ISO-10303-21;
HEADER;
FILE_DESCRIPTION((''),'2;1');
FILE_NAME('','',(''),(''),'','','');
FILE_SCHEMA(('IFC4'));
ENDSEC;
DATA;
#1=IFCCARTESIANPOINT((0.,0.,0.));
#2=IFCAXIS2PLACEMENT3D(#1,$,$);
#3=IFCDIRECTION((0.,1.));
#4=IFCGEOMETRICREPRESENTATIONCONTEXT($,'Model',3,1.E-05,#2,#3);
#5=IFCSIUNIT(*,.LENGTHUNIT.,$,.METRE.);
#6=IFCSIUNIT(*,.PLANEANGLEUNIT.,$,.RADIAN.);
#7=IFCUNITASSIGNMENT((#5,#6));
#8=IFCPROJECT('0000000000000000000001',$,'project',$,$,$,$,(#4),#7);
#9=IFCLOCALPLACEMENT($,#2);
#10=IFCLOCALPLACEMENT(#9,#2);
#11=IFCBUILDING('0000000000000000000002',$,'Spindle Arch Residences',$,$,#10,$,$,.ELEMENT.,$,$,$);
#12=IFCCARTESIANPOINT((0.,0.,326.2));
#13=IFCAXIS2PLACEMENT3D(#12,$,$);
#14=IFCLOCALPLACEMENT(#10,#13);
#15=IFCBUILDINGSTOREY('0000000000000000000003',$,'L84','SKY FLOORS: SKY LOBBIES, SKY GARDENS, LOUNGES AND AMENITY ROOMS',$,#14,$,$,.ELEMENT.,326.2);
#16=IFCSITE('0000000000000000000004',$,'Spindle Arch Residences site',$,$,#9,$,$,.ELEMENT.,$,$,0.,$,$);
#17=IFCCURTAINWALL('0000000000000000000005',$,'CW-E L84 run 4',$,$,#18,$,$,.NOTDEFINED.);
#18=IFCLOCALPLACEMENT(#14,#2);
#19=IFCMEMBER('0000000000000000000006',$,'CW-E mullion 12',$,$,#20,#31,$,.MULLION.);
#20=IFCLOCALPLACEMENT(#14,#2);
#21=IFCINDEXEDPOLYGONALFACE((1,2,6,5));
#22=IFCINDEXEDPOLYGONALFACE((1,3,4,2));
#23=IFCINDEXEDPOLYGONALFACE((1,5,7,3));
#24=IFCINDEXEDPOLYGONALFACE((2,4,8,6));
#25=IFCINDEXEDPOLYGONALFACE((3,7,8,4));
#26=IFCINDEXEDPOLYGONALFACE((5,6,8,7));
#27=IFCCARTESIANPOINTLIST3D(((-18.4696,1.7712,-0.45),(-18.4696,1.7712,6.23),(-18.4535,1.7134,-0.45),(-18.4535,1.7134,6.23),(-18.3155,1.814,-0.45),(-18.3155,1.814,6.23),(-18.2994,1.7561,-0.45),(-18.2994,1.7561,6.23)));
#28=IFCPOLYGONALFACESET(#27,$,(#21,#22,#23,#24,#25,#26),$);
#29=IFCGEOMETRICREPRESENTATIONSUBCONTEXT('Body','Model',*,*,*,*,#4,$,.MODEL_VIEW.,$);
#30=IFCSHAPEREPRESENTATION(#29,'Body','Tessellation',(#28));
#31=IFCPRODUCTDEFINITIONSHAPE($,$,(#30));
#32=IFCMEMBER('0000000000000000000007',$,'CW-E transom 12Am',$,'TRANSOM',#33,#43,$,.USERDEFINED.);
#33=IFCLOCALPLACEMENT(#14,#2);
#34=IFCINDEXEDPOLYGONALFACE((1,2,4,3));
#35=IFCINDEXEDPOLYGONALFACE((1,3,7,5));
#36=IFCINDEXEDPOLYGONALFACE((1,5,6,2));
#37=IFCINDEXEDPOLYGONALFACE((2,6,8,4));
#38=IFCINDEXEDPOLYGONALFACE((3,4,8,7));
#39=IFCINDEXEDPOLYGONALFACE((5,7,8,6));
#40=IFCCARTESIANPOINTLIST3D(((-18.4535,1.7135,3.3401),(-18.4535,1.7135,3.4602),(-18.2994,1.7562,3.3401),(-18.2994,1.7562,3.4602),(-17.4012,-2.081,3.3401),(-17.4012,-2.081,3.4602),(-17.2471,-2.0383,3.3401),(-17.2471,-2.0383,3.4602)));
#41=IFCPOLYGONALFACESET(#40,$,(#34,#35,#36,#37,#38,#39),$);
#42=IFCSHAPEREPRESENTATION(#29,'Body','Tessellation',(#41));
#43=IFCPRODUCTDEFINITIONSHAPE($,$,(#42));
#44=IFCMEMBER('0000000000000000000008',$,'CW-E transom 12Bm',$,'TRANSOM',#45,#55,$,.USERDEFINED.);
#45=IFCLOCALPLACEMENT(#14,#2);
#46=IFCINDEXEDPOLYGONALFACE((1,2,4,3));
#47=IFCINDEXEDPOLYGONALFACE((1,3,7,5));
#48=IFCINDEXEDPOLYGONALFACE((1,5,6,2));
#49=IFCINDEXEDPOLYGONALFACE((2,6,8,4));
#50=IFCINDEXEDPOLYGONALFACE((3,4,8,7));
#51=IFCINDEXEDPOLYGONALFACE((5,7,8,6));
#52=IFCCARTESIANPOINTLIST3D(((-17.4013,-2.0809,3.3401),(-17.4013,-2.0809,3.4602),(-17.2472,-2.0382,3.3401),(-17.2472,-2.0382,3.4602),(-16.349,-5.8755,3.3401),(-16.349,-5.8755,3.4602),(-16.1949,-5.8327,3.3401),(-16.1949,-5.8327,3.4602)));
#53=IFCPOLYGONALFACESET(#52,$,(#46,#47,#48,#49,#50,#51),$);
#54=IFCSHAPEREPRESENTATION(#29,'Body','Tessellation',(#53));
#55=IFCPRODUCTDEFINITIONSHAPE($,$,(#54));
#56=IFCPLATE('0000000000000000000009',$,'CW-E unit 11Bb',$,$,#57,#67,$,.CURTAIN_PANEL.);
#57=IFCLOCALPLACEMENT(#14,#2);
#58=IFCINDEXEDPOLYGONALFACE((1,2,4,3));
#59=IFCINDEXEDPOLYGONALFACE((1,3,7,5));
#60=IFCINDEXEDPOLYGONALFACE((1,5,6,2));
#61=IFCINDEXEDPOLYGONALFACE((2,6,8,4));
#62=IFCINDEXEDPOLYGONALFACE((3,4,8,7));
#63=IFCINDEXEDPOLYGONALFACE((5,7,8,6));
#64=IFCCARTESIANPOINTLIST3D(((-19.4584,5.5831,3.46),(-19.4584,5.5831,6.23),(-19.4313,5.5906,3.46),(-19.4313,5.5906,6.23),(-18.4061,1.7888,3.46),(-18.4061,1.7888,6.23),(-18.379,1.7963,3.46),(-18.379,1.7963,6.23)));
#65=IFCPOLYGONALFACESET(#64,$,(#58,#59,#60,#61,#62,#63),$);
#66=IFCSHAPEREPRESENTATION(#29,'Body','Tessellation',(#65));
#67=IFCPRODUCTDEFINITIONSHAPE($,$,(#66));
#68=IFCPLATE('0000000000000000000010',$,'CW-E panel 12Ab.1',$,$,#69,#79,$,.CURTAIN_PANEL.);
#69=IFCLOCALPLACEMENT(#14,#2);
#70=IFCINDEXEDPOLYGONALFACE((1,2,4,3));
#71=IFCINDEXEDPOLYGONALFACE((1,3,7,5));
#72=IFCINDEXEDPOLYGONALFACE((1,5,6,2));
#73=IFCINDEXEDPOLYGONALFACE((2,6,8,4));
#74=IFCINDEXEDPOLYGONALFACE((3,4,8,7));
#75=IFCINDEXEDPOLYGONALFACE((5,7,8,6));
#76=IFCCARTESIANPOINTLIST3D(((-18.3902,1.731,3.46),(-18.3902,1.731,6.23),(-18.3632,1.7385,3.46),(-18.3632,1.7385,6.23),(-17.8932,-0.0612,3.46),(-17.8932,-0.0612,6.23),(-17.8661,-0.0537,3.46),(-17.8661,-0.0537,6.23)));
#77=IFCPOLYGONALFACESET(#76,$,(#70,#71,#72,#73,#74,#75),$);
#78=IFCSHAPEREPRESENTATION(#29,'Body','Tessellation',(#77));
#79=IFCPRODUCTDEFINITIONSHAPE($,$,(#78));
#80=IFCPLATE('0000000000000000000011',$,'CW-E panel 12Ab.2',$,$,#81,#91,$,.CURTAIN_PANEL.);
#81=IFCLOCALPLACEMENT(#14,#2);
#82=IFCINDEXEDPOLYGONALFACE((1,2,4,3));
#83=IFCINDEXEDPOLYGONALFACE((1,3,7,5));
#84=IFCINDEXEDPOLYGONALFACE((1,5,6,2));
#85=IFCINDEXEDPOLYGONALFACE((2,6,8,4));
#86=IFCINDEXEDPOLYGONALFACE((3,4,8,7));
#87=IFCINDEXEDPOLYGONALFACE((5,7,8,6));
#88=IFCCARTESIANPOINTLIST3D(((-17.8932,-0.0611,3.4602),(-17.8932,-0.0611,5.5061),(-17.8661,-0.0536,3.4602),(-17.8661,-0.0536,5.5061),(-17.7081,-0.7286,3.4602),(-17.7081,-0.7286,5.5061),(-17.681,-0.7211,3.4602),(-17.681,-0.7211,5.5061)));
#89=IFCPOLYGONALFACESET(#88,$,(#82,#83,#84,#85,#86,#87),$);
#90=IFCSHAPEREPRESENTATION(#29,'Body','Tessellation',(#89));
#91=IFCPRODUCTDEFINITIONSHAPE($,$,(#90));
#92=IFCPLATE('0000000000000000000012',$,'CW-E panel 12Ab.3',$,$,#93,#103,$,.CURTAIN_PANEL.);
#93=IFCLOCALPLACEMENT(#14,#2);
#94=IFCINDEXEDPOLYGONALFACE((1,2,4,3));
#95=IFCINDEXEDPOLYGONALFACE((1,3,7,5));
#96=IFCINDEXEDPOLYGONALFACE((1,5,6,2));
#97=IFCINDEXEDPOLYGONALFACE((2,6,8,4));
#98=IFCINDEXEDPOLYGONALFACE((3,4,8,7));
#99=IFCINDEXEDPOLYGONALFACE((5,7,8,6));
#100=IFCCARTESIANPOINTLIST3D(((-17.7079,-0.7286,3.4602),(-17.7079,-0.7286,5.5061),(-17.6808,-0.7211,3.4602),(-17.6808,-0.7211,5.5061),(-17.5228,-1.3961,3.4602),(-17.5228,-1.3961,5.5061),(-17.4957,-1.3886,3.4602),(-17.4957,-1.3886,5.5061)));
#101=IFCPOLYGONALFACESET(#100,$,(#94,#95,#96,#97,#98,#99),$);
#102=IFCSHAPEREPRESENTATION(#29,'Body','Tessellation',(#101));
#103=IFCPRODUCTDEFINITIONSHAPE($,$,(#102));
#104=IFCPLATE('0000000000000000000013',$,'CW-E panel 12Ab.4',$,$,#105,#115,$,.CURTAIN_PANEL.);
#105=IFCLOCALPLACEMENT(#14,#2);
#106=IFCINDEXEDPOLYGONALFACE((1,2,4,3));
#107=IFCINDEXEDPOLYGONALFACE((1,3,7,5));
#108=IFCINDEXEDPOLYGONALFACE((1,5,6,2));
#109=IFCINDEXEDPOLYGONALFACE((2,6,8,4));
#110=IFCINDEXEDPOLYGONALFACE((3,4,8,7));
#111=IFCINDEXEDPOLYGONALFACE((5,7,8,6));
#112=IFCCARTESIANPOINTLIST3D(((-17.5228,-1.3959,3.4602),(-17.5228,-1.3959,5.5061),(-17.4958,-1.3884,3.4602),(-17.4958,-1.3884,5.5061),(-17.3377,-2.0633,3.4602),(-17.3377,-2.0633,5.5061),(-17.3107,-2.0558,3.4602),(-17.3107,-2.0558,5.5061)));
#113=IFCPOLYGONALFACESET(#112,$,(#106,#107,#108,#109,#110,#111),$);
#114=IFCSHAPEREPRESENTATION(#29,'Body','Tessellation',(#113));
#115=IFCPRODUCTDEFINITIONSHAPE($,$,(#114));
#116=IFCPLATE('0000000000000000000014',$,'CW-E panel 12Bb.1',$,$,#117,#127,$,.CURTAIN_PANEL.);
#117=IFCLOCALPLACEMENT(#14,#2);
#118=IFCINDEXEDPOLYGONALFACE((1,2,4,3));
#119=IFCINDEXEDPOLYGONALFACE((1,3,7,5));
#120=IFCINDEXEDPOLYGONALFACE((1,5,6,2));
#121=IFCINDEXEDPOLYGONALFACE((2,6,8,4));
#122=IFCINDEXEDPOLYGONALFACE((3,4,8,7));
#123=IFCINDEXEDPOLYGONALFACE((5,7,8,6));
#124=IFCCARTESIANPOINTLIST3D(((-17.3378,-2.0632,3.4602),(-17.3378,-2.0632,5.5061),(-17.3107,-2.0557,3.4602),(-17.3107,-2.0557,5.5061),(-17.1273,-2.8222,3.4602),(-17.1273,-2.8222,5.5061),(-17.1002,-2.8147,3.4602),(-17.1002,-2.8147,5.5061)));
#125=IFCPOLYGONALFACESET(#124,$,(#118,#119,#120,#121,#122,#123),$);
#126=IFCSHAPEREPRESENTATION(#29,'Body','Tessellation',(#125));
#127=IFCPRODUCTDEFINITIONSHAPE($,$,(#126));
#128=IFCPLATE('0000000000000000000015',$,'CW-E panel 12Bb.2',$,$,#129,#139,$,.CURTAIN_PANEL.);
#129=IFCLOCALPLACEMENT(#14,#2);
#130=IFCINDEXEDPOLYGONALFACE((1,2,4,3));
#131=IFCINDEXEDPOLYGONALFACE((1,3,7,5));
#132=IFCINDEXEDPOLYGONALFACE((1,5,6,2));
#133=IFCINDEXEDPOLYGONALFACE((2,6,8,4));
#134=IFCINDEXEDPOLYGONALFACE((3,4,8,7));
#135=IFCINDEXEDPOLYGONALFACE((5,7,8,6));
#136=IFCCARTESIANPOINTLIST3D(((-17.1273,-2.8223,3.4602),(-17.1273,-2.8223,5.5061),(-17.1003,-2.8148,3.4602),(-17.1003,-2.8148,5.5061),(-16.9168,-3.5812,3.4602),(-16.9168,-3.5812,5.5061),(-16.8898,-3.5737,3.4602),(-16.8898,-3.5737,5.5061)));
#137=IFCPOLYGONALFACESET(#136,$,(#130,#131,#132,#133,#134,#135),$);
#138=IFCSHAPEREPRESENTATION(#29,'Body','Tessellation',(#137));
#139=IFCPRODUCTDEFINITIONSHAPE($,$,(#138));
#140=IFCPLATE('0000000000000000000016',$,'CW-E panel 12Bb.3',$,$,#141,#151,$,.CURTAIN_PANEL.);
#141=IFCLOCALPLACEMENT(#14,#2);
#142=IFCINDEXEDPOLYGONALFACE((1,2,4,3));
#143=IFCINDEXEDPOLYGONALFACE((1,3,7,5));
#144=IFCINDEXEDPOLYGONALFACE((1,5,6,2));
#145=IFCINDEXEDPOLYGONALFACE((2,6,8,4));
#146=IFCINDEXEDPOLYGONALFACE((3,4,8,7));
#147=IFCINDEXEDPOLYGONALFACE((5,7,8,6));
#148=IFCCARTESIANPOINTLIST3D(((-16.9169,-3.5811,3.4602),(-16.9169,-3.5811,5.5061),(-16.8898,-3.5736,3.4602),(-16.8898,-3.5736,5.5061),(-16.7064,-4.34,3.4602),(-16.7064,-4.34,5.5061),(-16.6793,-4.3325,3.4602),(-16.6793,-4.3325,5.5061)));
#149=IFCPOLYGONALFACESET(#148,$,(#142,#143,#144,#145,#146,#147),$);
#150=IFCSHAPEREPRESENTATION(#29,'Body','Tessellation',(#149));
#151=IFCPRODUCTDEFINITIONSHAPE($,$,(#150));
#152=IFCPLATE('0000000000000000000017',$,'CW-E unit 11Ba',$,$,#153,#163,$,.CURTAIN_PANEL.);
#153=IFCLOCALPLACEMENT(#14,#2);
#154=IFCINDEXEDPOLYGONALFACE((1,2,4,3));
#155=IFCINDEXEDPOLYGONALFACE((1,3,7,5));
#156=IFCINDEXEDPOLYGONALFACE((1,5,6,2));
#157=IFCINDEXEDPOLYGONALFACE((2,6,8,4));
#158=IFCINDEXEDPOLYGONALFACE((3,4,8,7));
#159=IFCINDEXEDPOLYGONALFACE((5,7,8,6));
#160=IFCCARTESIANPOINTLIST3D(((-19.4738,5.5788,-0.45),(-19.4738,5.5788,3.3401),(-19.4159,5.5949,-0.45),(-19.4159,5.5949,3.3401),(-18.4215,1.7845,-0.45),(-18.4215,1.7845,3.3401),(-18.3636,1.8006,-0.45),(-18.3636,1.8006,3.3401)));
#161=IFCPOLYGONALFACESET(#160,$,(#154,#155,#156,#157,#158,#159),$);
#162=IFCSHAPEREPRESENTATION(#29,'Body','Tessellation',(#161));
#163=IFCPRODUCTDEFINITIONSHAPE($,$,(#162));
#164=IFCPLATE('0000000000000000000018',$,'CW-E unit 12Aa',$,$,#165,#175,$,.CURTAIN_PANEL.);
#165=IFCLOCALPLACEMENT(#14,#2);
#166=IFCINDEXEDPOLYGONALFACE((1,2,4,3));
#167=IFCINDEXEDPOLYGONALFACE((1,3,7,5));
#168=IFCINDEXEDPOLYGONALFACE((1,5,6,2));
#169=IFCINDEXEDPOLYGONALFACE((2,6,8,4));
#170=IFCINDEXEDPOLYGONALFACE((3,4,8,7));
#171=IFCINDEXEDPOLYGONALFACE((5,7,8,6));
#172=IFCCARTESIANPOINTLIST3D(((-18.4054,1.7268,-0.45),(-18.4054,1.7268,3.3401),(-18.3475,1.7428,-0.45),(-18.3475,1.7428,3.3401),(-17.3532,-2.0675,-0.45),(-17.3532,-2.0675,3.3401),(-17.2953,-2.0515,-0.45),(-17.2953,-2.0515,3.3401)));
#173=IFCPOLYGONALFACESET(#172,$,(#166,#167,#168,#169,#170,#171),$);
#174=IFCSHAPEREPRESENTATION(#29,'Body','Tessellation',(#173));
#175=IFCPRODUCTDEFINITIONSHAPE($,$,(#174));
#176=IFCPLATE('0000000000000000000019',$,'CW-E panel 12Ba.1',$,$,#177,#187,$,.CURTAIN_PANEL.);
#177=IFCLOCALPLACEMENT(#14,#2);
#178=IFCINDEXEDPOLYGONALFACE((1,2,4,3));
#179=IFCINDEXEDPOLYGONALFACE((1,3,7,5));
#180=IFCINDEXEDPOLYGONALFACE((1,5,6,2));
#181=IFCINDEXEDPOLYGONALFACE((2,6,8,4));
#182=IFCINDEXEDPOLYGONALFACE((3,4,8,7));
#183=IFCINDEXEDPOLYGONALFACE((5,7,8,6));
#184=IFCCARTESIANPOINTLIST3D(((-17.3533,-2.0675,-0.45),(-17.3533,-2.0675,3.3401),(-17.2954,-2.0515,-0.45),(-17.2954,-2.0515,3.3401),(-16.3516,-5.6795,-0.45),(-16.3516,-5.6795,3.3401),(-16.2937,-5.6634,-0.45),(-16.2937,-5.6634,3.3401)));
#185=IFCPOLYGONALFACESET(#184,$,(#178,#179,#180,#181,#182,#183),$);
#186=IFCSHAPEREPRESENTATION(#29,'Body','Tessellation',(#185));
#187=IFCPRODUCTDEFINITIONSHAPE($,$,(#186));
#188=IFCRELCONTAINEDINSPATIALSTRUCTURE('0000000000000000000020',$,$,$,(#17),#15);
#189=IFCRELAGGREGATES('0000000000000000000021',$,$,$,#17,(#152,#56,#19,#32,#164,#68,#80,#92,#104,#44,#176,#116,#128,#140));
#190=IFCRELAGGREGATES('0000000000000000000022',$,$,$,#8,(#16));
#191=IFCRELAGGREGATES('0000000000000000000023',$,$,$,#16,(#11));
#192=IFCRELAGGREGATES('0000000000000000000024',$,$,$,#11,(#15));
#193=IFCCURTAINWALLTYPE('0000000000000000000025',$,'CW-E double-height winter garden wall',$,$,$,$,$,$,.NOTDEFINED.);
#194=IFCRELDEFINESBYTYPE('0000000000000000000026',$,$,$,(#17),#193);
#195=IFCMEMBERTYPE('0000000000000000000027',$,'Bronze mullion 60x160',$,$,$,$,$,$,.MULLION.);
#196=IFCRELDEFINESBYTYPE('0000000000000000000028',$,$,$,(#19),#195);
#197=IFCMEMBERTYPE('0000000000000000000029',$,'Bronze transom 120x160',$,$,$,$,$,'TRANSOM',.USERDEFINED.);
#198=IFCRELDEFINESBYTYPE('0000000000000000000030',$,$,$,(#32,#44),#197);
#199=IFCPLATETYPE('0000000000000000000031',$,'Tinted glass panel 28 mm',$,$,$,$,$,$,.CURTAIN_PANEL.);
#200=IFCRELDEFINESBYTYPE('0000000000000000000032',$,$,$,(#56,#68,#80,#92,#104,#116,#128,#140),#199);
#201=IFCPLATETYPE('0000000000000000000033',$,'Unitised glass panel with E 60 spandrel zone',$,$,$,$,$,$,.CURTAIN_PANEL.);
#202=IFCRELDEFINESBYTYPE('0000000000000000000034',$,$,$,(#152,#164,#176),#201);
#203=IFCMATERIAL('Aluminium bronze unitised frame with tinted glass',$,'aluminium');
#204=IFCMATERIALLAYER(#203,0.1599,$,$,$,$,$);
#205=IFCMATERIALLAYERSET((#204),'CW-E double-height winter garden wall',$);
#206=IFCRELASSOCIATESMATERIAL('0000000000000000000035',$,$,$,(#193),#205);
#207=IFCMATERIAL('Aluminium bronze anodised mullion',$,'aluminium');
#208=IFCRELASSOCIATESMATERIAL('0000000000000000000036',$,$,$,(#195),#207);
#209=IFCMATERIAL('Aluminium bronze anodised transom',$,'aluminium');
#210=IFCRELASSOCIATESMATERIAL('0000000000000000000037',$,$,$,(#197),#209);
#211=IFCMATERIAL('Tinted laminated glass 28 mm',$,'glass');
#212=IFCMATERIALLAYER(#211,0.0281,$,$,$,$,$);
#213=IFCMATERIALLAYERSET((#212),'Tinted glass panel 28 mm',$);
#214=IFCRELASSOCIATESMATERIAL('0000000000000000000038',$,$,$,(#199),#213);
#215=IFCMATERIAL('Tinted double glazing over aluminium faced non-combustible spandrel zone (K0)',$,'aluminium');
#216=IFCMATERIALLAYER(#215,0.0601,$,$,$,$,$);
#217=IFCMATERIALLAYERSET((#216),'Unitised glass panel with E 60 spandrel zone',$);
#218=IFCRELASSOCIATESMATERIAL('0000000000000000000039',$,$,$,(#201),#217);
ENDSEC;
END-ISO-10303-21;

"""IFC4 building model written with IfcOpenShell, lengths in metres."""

from ifc_helpers import new_model, si_unit, direction, frame, origin, origin_2d, place, context, subcontext, project, spatial, rectangle, extrude, material, layer, layer_set, material_profile, profile_set, type_object, element, aggregate, save


model = new_model("IFC4")

# Units and contexts
model_context = context("Model", 3, precision=1e-05, world=origin(), true_north=direction((0.0, 1.0)))
body_context = subcontext(model_context, "Body", "Model", "MODEL_VIEW")
ifc_project = project(units=[si_unit("LENGTHUNIT", "METRE"), si_unit("PLANEANGLEUNIT", "RADIAN")], contexts=[model_context])

# Site, building, storey
site_placement = place(None, origin())
site = spatial("IfcSite", under=ifc_project, at=site_placement, Name="Spindle Arch Residences site", CompositionType="ELEMENT", RefElevation=0.0)
building_placement = place(site_placement, origin())
building = spatial("IfcBuilding", under=site, at=building_placement, Name="Spindle Arch Residences", CompositionType="ELEMENT")
storey_placement = place(building_placement, frame((0.0, 0.0, 326.2)))
storey = spatial("IfcBuildingStorey", under=building, at=storey_placement, Name="L84", Description="SKY FLOORS: SKY LOBBIES, SKY GARDENS, LOUNGES AND AMENITY ROOMS", CompositionType="ELEMENT", Elevation=326.2)

# Curtain wall, members, plates
ifc_material_1 = material(Name="Aluminium bronze unitised frame with tinted glass", Category="aluminium")
ifc_layer_1 = layer(ifc_material_1, 0.1599)
ifc_layer_set_1 = layer_set([ifc_layer_1], Name="CW-E double-height winter garden wall")
curtain_wall_type = type_object("IfcCurtainWallType", Name="CW-E double-height winter garden wall", PredefinedType="NOTDEFINED", material=ifc_layer_set_1)
curtain_wall_placement = place(storey_placement, origin())
curtain_wall = element("IfcCurtainWall", 1, at=curtain_wall_placement, inside=storey, type_object=curtain_wall_type, Name="CW-E L84 run 4", PredefinedType="NOTDEFINED")
ifc_material_2 = material(Name="Aluminium bronze anodised mullion", Category="aluminium")
ifc_material_profile_1 = material_profile(ifc_material_2, rectangle(XDim=0.1599, YDim=0.0601, at=origin_2d()), Name="MU 60x160")
ifc_profile_set_1 = profile_set([ifc_material_profile_1], Name="Aluminium bronze anodised mullion")
member_type_1 = type_object("IfcMemberType", Name="Bronze mullion 60x160", PredefinedType="MULLION", material=ifc_profile_set_1)
member_1_placement = place(storey_placement, frame((-18.3845, 1.7637, -0.45), z_axis=(0.0, 0.0, 1.0), x_axis=(0.96363, 0.267238, 0.0)))
member_1 = element("IfcMember", 2, at=member_1_placement, type_object=member_type_1, Name="CW-E mullion 12", PredefinedType="MULLION", context=body_context, shape_type="SweptSolid", body=[
    extrude(rectangle(XDim=0.1599, YDim=0.0601, at=origin_2d()), origin(), (0.0, 0.0, 1.0), 6.6799),
])
ifc_material_3 = material(Name="Aluminium bronze anodised transom", Category="aluminium")
ifc_material_profile_2 = material_profile(ifc_material_3, rectangle(XDim=0.1599, YDim=0.1201, at=origin_2d()), Name="TR 120x160")
ifc_profile_set_2 = profile_set([ifc_material_profile_2], Name="Aluminium bronze anodised transom")
member_type_2 = type_object("IfcMemberType", Name="Bronze transom 120x160", ElementType="TRANSOM", PredefinedType="USERDEFINED", material=ifc_profile_set_2)
member_2_placement = place(storey_placement, frame((-18.3765, 1.7349, 3.4001), z_axis=(0.267228, -0.963633, 0.0), x_axis=(0.963633, 0.267228, 0.0)))
member_2 = element("IfcMember", 3, at=member_2_placement, type_object=member_type_2, Name="CW-E transom 12Am", ObjectType="TRANSOM", PredefinedType="USERDEFINED", context=body_context, shape_type="SweptSolid", body=[
    extrude(rectangle(XDim=0.1599, YDim=0.1201, at=origin_2d()), origin(), (0.0, 0.0, 1.0), 3.9377),
])
member_3_placement = place(storey_placement, frame((-17.3242, -2.0596, 3.4001), z_axis=(0.267228, -0.963633, 0.0), x_axis=(0.963633, 0.267228, 0.0)))
member_3 = element("IfcMember", 4, at=member_3_placement, type_object=member_type_2, Name="CW-E transom 12Bm", ObjectType="TRANSOM", PredefinedType="USERDEFINED", context=body_context, shape_type="SweptSolid", body=[
    extrude(rectangle(XDim=0.1599, YDim=0.1201, at=origin_2d()), origin(), (0.0, 0.0, 1.0), 3.9377),
])
ifc_material_4 = material(Name="Tinted laminated glass 28 mm", Category="glass")
ifc_layer_2 = layer(ifc_material_4, 0.0281)
ifc_layer_set_2 = layer_set([ifc_layer_2], Name="Tinted glass panel 28 mm")
plate_type_1 = type_object("IfcPlateType", Name="Tinted glass panel 28 mm", PredefinedType="CURTAIN_PANEL", material=ifc_layer_set_2)
plate_1_placement = place(storey_placement, frame((-18.9187, 3.6897, 3.46), z_axis=(0.0, 0.0, 1.0), x_axis=(0.267238, -0.96363, 0.0)))
plate_1 = element("IfcPlate", 5, at=plate_1_placement, type_object=plate_type_1, Name="CW-E unit 11Bb", PredefinedType="CURTAIN_PANEL", context=body_context, shape_type="SweptSolid", body=[
    extrude(rectangle(XDim=3.9375, YDim=0.0281, at=origin_2d()), origin(), (0.0, 0.0, 1.0), 2.77),
])
plate_2_placement = place(storey_placement, frame((-18.1282, 0.8386, 3.46), z_axis=(0.0, 0.0, 1.0), x_axis=(0.267238, -0.96363, 0.0)))
plate_2 = element("IfcPlate", 6, at=plate_2_placement, type_object=plate_type_1, Name="CW-E panel 12Ab.1", PredefinedType="CURTAIN_PANEL", context=body_context, shape_type="SweptSolid", body=[
    extrude(rectangle(XDim=1.8599, YDim=0.0281, at=origin_2d()), origin(), (0.0, 0.0, 1.0), 2.77),
])
plate_3_placement = place(storey_placement, frame((-17.7871, -0.3911, 3.4602), z_axis=(0.0, 0.0, 1.0), x_axis=(0.267238, -0.96363, 0.0)))
plate_3 = element("IfcPlate", 7, at=plate_3_placement, type_object=plate_type_1, Name="CW-E panel 12Ab.2", PredefinedType="CURTAIN_PANEL", context=body_context, shape_type="SweptSolid", body=[
    extrude(rectangle(XDim=0.6926, YDim=0.0281, at=origin_2d()), origin(), (0.0, 0.0, 1.0), 2.0459),
])
plate_4_placement = place(storey_placement, frame((-17.6018, -1.0586, 3.4602), z_axis=(0.0, 0.0, 1.0), x_axis=(0.267238, -0.96363, 0.0)))
plate_4 = element("IfcPlate", 8, at=plate_4_placement, type_object=plate_type_1, Name="CW-E panel 12Ab.3", PredefinedType="CURTAIN_PANEL", context=body_context, shape_type="SweptSolid", body=[
    extrude(rectangle(XDim=0.6926, YDim=0.0281, at=origin_2d()), origin(), (0.0, 0.0, 1.0), 2.0459),
])
plate_5_placement = place(storey_placement, frame((-17.4167, -1.7258, 3.4602), z_axis=(0.0, 0.0, 1.0), x_axis=(0.267238, -0.96363, 0.0)))
plate_5 = element("IfcPlate", 9, at=plate_5_placement, type_object=plate_type_1, Name="CW-E panel 12Ab.4", PredefinedType="CURTAIN_PANEL", context=body_context, shape_type="SweptSolid", body=[
    extrude(rectangle(XDim=0.6926, YDim=0.0281, at=origin_2d()), origin(), (0.0, 0.0, 1.0), 2.0459),
])
plate_6_placement = place(storey_placement, frame((-17.219, -2.439, 3.4602), z_axis=(0.0, 0.0, 1.0), x_axis=(0.267238, -0.96363, 0.0)))
plate_6 = element("IfcPlate", 10, at=plate_6_placement, type_object=plate_type_1, Name="CW-E panel 12Bb.1", PredefinedType="CURTAIN_PANEL", context=body_context, shape_type="SweptSolid", body=[
    extrude(rectangle(XDim=0.7876, YDim=0.0281, at=origin_2d()), origin(), (0.0, 0.0, 1.0), 2.0459),
])
plate_7_placement = place(storey_placement, frame((-17.0085, -3.198, 3.4602), z_axis=(0.0, 0.0, 1.0), x_axis=(0.267238, -0.96363, 0.0)))
plate_7 = element("IfcPlate", 11, at=plate_7_placement, type_object=plate_type_1, Name="CW-E panel 12Bb.2", PredefinedType="CURTAIN_PANEL", context=body_context, shape_type="SweptSolid", body=[
    extrude(rectangle(XDim=0.7876, YDim=0.0281, at=origin_2d()), origin(), (0.0, 0.0, 1.0), 2.0459),
])
plate_8_placement = place(storey_placement, frame((-16.7981, -3.9568, 3.4602), z_axis=(0.0, 0.0, 1.0), x_axis=(0.267238, -0.96363, 0.0)))
plate_8 = element("IfcPlate", 12, at=plate_8_placement, type_object=plate_type_1, Name="CW-E panel 12Bb.3", PredefinedType="CURTAIN_PANEL", context=body_context, shape_type="SweptSolid", body=[
    extrude(rectangle(XDim=0.7876, YDim=0.0281, at=origin_2d()), origin(), (0.0, 0.0, 1.0), 2.0459),
])
ifc_material_5 = material(Name="Tinted double glazing over aluminium faced non-combustible spandrel zone (K0)", Category="aluminium")
ifc_layer_3 = layer(ifc_material_5, 0.0601)
ifc_layer_set_3 = layer_set([ifc_layer_3], Name="Unitised glass panel with E 60 spandrel zone")
plate_type_2 = type_object("IfcPlateType", Name="Unitised glass panel with E 60 spandrel zone", PredefinedType="CURTAIN_PANEL", material=ifc_layer_set_3)
plate_9_placement = place(storey_placement, frame((-18.9187, 3.6897, -0.45), z_axis=(0.0, 0.0, 1.0), x_axis=(0.267238, -0.96363, 0.0)))
plate_9 = element("IfcPlate", 13, at=plate_9_placement, type_object=plate_type_2, Name="CW-E unit 11Ba", PredefinedType="CURTAIN_PANEL", context=body_context, shape_type="SweptSolid", body=[
    extrude(rectangle(XDim=3.9375, YDim=0.0601, at=origin_2d()), origin(), (0.0, 0.0, 1.0), 3.79),
])
plate_10_placement = place(storey_placement, frame((-17.8503, -0.1624, -0.45), z_axis=(0.0, 0.0, 1.0), x_axis=(0.267238, -0.96363, 0.0)))
plate_10 = element("IfcPlate", 14, at=plate_10_placement, type_object=plate_type_2, Name="CW-E unit 12Aa", PredefinedType="CURTAIN_PANEL", context=body_context, shape_type="SweptSolid", body=[
    extrude(rectangle(XDim=3.9375, YDim=0.0601, at=origin_2d()), origin(), (0.0, 0.0, 1.0), 3.79),
])
plate_11_placement = place(storey_placement, frame((-16.8235, -3.8655, -0.45), z_axis=(0.0, 0.0, 1.0), x_axis=(0.267238, -0.96363, 0.0)))
plate_11 = element("IfcPlate", 15, at=plate_11_placement, type_object=plate_type_2, Name="CW-E panel 12Ba.1", PredefinedType="CURTAIN_PANEL", context=body_context, shape_type="SweptSolid", body=[
    extrude(rectangle(XDim=3.7483, YDim=0.0601, at=origin_2d()), origin(), (0.0, 0.0, 1.0), 3.79),
])
aggregate(curtain_wall, [plate_9, plate_1, member_1, member_2, plate_10, plate_2, plate_3, plate_4, plate_5, member_3, plate_11, plate_6, plate_7, plate_8])

save(model, "model.ifc")
